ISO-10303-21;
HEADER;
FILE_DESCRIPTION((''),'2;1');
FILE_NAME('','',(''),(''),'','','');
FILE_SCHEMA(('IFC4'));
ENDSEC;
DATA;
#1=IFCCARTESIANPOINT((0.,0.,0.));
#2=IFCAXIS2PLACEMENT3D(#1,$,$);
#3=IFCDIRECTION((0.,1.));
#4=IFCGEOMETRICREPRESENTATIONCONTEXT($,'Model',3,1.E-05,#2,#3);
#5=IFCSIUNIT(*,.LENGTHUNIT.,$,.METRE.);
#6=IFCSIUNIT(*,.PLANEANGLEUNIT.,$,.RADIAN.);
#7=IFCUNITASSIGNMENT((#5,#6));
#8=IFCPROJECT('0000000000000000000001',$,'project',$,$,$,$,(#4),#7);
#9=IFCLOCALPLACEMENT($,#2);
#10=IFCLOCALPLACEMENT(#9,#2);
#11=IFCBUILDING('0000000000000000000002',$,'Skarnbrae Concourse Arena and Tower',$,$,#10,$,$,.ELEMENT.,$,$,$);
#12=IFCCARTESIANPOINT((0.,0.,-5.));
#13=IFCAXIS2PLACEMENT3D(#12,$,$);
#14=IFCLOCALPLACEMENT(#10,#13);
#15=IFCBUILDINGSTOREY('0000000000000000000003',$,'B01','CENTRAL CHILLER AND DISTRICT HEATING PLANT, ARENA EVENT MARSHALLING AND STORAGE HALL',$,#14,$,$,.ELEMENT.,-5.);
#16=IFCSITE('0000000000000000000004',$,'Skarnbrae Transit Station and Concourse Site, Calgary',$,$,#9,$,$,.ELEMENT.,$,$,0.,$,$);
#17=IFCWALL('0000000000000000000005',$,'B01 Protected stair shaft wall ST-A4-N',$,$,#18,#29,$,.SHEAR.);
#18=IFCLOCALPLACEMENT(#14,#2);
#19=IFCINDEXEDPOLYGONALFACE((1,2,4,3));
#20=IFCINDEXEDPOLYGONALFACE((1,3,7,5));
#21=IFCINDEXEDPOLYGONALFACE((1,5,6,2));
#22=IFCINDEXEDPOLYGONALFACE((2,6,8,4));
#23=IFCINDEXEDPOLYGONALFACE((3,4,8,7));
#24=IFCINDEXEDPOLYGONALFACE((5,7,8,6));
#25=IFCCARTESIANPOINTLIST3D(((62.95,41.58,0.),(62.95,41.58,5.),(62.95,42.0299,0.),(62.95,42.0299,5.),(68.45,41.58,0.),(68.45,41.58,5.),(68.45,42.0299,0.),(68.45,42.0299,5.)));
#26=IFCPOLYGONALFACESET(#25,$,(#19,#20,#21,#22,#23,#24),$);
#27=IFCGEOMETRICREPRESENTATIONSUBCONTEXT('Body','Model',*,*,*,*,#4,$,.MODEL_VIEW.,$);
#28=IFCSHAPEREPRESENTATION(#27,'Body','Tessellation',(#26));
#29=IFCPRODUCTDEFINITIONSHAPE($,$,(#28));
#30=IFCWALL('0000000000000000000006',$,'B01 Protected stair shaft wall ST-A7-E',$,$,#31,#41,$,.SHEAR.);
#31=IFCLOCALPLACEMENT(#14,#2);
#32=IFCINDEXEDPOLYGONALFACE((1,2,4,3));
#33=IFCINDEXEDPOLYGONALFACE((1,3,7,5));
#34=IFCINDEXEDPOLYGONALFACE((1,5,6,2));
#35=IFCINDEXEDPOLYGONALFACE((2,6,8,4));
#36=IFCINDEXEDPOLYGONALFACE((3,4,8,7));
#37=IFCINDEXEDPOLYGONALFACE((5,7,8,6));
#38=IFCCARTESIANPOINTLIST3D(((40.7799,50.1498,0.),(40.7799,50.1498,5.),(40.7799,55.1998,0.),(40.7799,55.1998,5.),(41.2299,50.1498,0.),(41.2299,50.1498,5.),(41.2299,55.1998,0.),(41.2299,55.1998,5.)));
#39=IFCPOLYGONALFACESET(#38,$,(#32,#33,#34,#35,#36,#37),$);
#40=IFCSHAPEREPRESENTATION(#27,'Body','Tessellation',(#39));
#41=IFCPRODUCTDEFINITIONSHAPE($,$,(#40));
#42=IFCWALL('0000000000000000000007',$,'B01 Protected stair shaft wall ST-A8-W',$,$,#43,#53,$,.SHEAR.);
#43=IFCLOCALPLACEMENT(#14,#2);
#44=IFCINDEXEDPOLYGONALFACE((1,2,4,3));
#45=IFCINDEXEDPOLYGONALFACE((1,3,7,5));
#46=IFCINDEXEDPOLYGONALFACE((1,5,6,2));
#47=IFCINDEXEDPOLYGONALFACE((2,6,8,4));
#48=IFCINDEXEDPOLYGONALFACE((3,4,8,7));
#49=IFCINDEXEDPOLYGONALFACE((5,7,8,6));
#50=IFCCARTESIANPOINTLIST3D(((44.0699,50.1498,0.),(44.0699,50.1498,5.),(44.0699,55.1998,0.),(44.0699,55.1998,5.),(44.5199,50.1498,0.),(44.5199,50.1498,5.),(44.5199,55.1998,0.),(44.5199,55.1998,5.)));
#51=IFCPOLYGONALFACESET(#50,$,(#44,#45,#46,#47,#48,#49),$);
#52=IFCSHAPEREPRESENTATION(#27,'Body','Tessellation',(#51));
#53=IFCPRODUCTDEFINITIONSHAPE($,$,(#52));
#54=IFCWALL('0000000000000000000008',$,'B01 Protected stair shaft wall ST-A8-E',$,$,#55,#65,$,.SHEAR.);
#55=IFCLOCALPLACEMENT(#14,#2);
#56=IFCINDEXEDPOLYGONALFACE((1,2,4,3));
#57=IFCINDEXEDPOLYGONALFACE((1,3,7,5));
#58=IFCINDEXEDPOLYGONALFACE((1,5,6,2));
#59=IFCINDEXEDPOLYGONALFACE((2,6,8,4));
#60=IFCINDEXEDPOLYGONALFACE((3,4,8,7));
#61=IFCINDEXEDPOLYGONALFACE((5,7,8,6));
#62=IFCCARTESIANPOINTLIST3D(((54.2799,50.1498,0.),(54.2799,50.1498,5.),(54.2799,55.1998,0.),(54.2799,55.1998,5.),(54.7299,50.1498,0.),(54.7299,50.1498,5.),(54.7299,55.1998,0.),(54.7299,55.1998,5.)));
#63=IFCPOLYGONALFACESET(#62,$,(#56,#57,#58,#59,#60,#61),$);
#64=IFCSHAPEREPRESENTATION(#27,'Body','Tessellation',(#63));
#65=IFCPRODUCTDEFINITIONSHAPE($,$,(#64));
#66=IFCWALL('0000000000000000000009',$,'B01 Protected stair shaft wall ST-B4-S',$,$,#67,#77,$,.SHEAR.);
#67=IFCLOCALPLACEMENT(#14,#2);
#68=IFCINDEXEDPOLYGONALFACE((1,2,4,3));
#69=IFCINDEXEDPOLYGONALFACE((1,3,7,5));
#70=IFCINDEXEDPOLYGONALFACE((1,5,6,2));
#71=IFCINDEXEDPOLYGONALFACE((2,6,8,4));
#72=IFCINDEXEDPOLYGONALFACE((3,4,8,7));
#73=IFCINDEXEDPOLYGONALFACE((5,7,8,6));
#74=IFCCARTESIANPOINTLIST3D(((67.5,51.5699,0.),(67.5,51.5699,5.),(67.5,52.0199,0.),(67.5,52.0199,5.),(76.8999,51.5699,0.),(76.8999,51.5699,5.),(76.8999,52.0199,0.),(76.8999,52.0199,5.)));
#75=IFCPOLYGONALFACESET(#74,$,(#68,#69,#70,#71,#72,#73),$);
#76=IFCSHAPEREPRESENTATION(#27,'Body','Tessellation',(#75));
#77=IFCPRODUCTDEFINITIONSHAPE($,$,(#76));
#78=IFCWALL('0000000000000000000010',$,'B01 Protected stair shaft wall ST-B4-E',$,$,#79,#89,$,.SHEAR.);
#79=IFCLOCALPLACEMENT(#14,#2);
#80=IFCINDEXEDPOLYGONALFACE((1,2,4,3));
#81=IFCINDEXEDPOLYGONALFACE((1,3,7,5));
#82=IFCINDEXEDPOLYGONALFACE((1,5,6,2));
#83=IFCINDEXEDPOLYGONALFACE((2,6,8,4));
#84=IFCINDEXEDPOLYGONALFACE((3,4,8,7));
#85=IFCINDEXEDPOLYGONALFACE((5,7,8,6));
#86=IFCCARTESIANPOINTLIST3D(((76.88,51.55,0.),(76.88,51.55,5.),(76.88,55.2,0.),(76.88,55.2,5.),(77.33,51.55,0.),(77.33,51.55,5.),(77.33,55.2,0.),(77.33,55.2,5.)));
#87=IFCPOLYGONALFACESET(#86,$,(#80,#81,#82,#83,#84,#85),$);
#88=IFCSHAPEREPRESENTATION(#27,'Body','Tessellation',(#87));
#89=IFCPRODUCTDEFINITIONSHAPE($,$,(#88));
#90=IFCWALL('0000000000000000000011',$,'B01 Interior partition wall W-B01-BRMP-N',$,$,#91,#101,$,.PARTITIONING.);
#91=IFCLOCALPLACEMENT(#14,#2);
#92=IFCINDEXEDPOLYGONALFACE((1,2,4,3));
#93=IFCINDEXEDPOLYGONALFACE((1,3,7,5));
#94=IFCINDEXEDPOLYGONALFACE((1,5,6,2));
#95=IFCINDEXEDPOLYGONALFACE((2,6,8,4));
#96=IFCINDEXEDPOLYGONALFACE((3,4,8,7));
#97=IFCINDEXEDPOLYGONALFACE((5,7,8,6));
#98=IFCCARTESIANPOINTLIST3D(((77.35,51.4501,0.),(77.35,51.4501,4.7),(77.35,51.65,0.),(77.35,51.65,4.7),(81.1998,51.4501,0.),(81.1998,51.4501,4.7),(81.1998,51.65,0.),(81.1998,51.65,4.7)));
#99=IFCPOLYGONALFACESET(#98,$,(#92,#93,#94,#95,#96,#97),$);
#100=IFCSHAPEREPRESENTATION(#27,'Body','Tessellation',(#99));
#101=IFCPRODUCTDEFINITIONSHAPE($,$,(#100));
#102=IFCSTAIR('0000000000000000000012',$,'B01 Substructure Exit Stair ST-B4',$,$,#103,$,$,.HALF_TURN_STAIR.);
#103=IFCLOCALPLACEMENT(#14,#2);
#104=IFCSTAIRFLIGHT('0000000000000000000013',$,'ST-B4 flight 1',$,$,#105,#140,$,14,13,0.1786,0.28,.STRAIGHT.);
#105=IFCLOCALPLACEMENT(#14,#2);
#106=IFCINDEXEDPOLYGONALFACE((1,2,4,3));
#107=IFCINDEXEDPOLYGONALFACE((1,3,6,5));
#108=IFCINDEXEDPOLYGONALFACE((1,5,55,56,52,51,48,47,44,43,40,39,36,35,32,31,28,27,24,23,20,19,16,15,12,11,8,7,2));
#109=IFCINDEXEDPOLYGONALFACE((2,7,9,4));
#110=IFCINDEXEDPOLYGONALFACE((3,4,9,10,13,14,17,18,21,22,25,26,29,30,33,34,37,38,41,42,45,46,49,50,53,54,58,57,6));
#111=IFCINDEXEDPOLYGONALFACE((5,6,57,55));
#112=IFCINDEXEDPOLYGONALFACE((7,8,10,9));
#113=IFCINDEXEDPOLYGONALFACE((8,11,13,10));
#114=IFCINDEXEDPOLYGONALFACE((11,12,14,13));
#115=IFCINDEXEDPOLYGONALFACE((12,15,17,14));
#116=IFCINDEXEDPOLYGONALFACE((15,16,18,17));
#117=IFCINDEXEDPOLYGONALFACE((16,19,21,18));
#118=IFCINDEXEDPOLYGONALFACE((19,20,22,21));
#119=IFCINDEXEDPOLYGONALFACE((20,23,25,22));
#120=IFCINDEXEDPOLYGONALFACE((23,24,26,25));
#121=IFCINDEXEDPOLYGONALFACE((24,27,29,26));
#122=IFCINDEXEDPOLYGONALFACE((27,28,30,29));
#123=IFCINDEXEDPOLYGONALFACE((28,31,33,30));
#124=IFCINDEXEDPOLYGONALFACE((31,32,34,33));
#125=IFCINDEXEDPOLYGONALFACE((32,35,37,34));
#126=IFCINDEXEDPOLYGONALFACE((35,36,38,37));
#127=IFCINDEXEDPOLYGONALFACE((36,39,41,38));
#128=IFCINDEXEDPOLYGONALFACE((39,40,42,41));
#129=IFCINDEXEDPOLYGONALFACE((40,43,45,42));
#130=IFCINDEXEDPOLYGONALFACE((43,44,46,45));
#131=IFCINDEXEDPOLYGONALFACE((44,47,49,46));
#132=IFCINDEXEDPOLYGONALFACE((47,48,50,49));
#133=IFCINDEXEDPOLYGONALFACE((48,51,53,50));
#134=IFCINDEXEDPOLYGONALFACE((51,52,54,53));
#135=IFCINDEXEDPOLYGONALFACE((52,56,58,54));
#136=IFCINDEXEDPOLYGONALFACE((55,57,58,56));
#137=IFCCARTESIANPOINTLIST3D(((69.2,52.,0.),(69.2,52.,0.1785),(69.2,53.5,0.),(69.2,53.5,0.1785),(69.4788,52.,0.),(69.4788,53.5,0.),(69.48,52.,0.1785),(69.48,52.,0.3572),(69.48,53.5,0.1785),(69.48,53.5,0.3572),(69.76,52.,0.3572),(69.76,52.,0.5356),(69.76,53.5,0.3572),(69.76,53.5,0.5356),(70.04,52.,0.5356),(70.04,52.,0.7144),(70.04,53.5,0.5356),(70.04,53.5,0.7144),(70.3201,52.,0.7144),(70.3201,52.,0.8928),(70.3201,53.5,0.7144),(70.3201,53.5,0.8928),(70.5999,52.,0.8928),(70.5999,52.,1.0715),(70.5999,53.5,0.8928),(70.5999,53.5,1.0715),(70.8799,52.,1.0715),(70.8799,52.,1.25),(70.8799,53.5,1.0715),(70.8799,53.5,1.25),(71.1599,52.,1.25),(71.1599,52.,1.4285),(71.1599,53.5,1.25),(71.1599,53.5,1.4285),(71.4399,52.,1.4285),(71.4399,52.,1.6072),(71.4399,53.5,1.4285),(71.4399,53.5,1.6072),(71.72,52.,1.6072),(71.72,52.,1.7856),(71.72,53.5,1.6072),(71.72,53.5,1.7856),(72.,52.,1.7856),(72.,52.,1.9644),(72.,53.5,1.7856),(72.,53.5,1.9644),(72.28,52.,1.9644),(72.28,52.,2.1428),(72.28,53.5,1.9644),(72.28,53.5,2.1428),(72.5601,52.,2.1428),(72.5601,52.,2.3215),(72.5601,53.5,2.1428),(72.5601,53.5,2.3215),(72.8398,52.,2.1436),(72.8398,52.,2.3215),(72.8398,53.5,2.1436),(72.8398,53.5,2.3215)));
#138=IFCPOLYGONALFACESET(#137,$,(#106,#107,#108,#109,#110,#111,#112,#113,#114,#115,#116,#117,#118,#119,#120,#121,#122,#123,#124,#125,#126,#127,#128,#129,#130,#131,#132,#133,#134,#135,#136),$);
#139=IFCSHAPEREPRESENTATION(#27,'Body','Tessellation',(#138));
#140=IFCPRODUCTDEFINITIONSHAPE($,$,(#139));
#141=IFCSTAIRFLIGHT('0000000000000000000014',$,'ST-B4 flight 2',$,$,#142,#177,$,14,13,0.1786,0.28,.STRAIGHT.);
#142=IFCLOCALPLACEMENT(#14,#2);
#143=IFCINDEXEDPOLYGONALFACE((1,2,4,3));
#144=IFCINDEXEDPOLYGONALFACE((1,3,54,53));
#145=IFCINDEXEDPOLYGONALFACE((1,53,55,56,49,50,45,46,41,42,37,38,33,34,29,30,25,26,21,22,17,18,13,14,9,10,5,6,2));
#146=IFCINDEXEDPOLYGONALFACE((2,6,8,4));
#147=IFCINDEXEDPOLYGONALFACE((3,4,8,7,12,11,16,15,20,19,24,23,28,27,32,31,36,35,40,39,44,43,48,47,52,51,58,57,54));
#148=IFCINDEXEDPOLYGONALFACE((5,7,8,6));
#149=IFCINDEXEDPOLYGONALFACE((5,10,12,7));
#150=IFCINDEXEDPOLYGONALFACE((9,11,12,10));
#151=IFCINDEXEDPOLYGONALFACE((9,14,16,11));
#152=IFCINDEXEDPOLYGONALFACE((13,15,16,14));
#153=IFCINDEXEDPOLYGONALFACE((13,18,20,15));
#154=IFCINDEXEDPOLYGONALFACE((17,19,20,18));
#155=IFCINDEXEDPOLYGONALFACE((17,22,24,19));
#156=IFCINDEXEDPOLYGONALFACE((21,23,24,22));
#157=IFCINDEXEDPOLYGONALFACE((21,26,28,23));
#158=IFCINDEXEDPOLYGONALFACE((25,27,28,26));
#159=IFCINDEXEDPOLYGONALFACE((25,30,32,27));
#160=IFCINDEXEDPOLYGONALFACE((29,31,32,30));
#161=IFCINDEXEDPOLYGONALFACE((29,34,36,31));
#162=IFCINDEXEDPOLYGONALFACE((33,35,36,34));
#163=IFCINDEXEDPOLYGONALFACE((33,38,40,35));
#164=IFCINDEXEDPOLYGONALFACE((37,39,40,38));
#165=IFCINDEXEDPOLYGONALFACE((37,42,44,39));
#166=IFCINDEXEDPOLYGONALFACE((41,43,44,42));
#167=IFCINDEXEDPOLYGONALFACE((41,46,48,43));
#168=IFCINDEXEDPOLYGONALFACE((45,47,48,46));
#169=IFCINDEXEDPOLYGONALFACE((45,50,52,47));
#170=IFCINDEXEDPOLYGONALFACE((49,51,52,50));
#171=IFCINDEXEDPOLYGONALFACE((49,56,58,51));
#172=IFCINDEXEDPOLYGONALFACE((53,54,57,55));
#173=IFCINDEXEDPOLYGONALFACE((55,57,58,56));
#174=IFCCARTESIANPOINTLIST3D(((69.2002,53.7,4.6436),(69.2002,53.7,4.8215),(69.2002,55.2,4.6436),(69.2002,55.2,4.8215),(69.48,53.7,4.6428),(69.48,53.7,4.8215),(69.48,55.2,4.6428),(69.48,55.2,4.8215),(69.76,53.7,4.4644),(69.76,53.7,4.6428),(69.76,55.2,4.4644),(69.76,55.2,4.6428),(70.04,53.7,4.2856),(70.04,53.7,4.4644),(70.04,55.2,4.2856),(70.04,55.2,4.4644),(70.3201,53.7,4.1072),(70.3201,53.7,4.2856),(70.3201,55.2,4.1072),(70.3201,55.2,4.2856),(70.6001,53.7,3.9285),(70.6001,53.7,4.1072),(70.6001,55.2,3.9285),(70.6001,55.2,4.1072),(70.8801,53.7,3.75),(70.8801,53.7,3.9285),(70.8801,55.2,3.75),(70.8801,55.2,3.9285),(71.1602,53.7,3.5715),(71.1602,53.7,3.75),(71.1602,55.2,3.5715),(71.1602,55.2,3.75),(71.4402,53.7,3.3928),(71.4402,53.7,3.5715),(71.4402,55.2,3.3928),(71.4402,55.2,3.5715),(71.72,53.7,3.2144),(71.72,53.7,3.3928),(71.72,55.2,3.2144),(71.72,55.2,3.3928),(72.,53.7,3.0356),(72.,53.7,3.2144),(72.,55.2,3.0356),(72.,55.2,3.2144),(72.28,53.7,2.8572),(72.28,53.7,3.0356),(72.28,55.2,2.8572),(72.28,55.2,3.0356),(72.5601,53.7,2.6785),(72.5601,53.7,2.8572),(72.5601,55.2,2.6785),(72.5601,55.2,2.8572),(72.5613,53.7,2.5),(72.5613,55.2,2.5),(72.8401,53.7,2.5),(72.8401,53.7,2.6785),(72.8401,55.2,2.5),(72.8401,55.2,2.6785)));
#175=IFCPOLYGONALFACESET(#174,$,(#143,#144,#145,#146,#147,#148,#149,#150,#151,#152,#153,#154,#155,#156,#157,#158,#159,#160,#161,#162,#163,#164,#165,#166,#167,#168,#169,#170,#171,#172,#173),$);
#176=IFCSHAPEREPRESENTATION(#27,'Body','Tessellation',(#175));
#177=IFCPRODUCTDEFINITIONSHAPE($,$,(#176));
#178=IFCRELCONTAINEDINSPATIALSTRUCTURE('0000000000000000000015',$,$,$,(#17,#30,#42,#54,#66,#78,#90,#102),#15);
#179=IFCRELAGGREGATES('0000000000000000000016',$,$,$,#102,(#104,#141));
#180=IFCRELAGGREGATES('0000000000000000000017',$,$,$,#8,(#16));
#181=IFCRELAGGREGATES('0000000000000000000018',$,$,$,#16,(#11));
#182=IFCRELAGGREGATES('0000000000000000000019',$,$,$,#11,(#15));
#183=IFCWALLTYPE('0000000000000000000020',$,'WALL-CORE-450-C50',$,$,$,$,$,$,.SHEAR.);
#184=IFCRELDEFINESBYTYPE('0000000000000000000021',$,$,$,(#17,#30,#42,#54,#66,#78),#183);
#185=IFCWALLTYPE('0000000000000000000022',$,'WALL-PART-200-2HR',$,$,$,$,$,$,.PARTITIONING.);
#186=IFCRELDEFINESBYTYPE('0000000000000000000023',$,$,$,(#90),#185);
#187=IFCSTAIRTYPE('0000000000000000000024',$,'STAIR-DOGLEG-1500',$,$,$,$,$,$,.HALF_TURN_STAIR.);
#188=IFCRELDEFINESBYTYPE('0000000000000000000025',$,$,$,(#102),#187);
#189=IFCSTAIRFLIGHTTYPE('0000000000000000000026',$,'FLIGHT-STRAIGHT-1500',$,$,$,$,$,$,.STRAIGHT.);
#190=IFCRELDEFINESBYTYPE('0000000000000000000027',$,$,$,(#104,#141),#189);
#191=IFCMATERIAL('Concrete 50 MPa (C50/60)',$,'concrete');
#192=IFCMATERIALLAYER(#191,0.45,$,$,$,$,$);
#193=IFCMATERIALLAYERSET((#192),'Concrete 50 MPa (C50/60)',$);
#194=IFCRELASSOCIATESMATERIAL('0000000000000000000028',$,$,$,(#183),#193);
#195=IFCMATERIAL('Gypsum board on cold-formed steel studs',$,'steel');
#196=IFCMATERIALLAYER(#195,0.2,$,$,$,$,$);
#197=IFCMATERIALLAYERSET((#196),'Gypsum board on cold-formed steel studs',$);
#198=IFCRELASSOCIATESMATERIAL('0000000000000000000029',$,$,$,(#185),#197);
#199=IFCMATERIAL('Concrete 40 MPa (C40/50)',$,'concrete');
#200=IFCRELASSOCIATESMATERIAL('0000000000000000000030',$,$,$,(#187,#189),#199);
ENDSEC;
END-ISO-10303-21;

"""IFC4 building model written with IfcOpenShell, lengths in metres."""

from ifc_helpers import new_model, si_unit, direction, frame, frame_2d, origin, place, context, subcontext, project, spatial, polyline, rectangle, outline, extrude, source, transform, mapped, material, layer, layer_set, type_object, element, aggregate, save


model = new_model("IFC4")

# Units and contexts
model_context = context("Model", 3, precision=1e-05, world=origin(), true_north=direction((0.0, 1.0)))
body_context = subcontext(model_context, "Body", "Model", "MODEL_VIEW")
ifc_project = project(units=[si_unit("LENGTHUNIT", "METRE"), si_unit("PLANEANGLEUNIT", "RADIAN")], contexts=[model_context])

# Site, building, storey
site_placement = place(None, origin())
site = spatial("IfcSite", under=ifc_project, at=site_placement, Name="Skarnbrae Transit Station and Concourse Site, Calgary", CompositionType="ELEMENT", RefElevation=0.0)
building_placement = place(site_placement, origin())
building = spatial("IfcBuilding", under=site, at=building_placement, Name="Skarnbrae Concourse Arena and Tower", CompositionType="ELEMENT")
storey_placement = place(building_placement, frame((0.0, 0.0, -5.0)))
storey = spatial("IfcBuildingStorey", under=building, at=storey_placement, Name="B01", Description="CENTRAL CHILLER AND DISTRICT HEATING PLANT, ARENA EVENT MARSHALLING AND STORAGE HALL", CompositionType="ELEMENT", Elevation=-5.0)

# Shared definitions
ifc_material_1 = material(Name="Concrete 40 MPa (C40/50)", Category="concrete")

# Walls
ifc_material_2 = material(Name="Concrete 50 MPa (C50/60)", Category="concrete")
ifc_layer_1 = layer(ifc_material_2, 0.45)
ifc_layer_set_1 = layer_set([ifc_layer_1], Name="Concrete 50 MPa (C50/60)")
wall_type_1 = type_object("IfcWallType", Name="WALL-CORE-450-C50", PredefinedType="SHEAR", material=ifc_layer_set_1)
shared_shape_1 = source(origin(), body_context, "Body", "SweptSolid", [
    extrude(rectangle(XDim=5.5, YDim=0.45, at=frame_2d((2.75, 0.0))), origin(), (0.0, 0.0, 1.0), 5.0),
])
wall_1_placement = place(storey_placement, frame((62.95, 41.8049, 0.0), z_axis=(0.0, 0.0, 1.0), x_axis=(1.0, 0.0, 0.0)))
element("IfcWall", 1, at=wall_1_placement, inside=storey, type_object=wall_type_1, Name="B01 Protected stair shaft wall ST-A4-N", PredefinedType="SHEAR", context=body_context, shape_type="MappedRepresentation", body=[
    mapped(shared_shape_1, transform((0.0, 0.0, 0.0))),
])
shared_shape_2 = source(origin(), body_context, "Body", "SweptSolid", [
    extrude(rectangle(XDim=5.05, YDim=0.45, at=frame_2d((2.5249, 0.0))), origin(), (0.0, 0.0, 1.0), 5.0),
])
for number, where, z_axis, x_axis, name in (
    (2, (41.0049, 50.1499, 0.0), (0.0, 0.0, 1.0), (0.0, 1.0, 0.0), "B01 Protected stair shaft wall ST-A7-E"),
    (3, (44.2949, 50.1499, 0.0), (0.0, 0.0, 1.0), (0.0, 1.0, 0.0), "B01 Protected stair shaft wall ST-A8-W"),
    (4, (54.5049, 50.1499, 0.0), (0.0, 0.0, 1.0), (0.0, 1.0, 0.0), "B01 Protected stair shaft wall ST-A8-E"),
):
    element("IfcWall", number, at=place(storey_placement, frame(where, z_axis=z_axis, x_axis=x_axis)), inside=storey, type_object=wall_type_1, Name=name, PredefinedType="SHEAR", context=body_context, shape_type="MappedRepresentation", body=[
        mapped(shared_shape_2, transform((0.0, 0.0, 0.0))),
    ])
shared_shape_3 = source(origin(), body_context, "Body", "SweptSolid", [
    extrude(rectangle(XDim=9.3999, YDim=0.45, at=frame_2d((4.7, 0.0))), origin(), (0.0, 0.0, 1.0), 5.0),
])
wall_2_placement = place(storey_placement, frame((67.5, 51.7949, 0.0), z_axis=(0.0, 0.0, 1.0), x_axis=(1.0, 0.0, 0.0)))
element("IfcWall", 5, at=wall_2_placement, inside=storey, type_object=wall_type_1, Name="B01 Protected stair shaft wall ST-B4-S", PredefinedType="SHEAR", context=body_context, shape_type="MappedRepresentation", body=[
    mapped(shared_shape_3, transform((0.0, 0.0, 0.0))),
])

# Shared definitions
shared_shape_4 = source(origin(), body_context, "Body", "SweptSolid", [
    extrude(rectangle(XDim=3.6499, YDim=0.45, at=frame_2d((1.825, 0.0))), origin(), (0.0, 0.0, 1.0), 5.0),
])

# Walls
wall_3_placement = place(storey_placement, frame((77.105, 51.55, 0.0), z_axis=(0.0, 0.0, 1.0), x_axis=(0.0, 1.0, 0.0)))
element("IfcWall", 6, at=wall_3_placement, inside=storey, type_object=wall_type_1, Name="B01 Protected stair shaft wall ST-B4-E", PredefinedType="SHEAR", context=body_context, shape_type="MappedRepresentation", body=[
    mapped(shared_shape_4, transform((0.0, 0.0, 0.0))),
])
ifc_material_3 = material(Name="Gypsum board on cold-formed steel studs", Category="steel")
ifc_layer_2 = layer(ifc_material_3, 0.2)
ifc_layer_set_2 = layer_set([ifc_layer_2], Name="Gypsum board on cold-formed steel studs")
wall_type_2 = type_object("IfcWallType", Name="WALL-PART-200-2HR", PredefinedType="PARTITIONING", material=ifc_layer_set_2)
shared_shape_5 = source(origin(), body_context, "Body", "SweptSolid", [
    extrude(rectangle(XDim=3.8499, YDim=0.2, at=frame_2d((1.9248, 0.0))), origin(), (0.0, 0.0, 1.0), 4.7),
])
wall_4_placement = place(storey_placement, frame((77.3501, 51.55, 0.0), z_axis=(0.0, 0.0, 1.0), x_axis=(1.0, 0.0, 0.0)))
element("IfcWall", 7, at=wall_4_placement, inside=storey, type_object=wall_type_2, Name="B01 Interior partition wall W-B01-BRMP-N", PredefinedType="PARTITIONING", context=body_context, shape_type="MappedRepresentation", body=[
    mapped(shared_shape_5, transform((0.0, 0.0, 0.0))),
])

# Stair, stair flights
stair_type = type_object("IfcStairType", Name="STAIR-DOGLEG-1500", PredefinedType="HALF_TURN_STAIR", material=ifc_material_1)
stair_placement = place(storey_placement, origin())
stair = element("IfcStair", 8, at=stair_placement, inside=storey, type_object=stair_type, Name="B01 Substructure Exit Stair ST-B4", PredefinedType="HALF_TURN_STAIR")
stair_flight_type = type_object("IfcStairFlightType", Name="FLIGHT-STRAIGHT-1500", PredefinedType="STRAIGHT", material=ifc_material_1)
shared_shape_6 = source(origin(), body_context, "Body", "SweptSolid", [
    extrude(outline(polyline([(0.0, 0.0), (0.0, 0.1785), (0.28, 0.1785), (0.28, 0.3572), (0.5601, 0.3572), (0.5601, 0.5356), (0.8401, 0.5356), (0.8401, 0.7144), (1.1201, 0.7144), (1.1201, 0.8928), (1.3999, 0.8928), (1.3999, 1.0715), (1.6799, 1.0715), (1.6799, 1.25), (1.96, 1.25), (1.96, 1.4285), (2.24, 1.4285), (2.24, 1.6072), (2.52, 1.6072), (2.52, 1.7856), (2.8, 1.7856), (2.8, 1.9644), (3.0801, 1.9644), (3.0801, 2.1428), (3.3601, 2.1428), (3.3601, 2.3215), (3.6399, 2.3215), (3.6399, 2.5), (3.6399, 2.1436), (0.2788, 0.0), (0.0, 0.0)])), frame((0.0, 0.75, 0.0), z_axis=(0.0, -1.0, 0.0), x_axis=(1.0, 0.0, 0.0)), (0.0, 0.0, 1.0), 1.5),
])
stair_flight_1_placement = place(storey_placement, frame((69.2, 52.75, 0.0), z_axis=(0.0, 0.0, 1.0), x_axis=(1.0, 0.0, 0.0)))
stair_flight_1 = element("IfcStairFlight", 9, at=stair_flight_1_placement, type_object=stair_flight_type, Name="ST-B4 flight 1", NumberOfRisers=14, NumberOfTreads=13, PredefinedType="STRAIGHT", RiserHeight=0.1786, TreadLength=0.28, context=body_context, shape_type="MappedRepresentation", body=[
    mapped(shared_shape_6, transform((0.0, 0.0, 0.0))),
])
stair_flight_2_placement = place(storey_placement, frame((72.8401, 54.45, 2.5), z_axis=(0.0, 0.0, 1.0), x_axis=(-1.0, 0.0, 0.0)))
stair_flight_2 = element("IfcStairFlight", 10, at=stair_flight_2_placement, type_object=stair_flight_type, Name="ST-B4 flight 2", NumberOfRisers=14, NumberOfTreads=13, PredefinedType="STRAIGHT", RiserHeight=0.1786, TreadLength=0.28, context=body_context, shape_type="MappedRepresentation", body=[
    mapped(shared_shape_6, transform((0.0, 0.0, 0.0))),
])
aggregate(stair, [stair_flight_1, stair_flight_2])

save(model, "model.ifc")
